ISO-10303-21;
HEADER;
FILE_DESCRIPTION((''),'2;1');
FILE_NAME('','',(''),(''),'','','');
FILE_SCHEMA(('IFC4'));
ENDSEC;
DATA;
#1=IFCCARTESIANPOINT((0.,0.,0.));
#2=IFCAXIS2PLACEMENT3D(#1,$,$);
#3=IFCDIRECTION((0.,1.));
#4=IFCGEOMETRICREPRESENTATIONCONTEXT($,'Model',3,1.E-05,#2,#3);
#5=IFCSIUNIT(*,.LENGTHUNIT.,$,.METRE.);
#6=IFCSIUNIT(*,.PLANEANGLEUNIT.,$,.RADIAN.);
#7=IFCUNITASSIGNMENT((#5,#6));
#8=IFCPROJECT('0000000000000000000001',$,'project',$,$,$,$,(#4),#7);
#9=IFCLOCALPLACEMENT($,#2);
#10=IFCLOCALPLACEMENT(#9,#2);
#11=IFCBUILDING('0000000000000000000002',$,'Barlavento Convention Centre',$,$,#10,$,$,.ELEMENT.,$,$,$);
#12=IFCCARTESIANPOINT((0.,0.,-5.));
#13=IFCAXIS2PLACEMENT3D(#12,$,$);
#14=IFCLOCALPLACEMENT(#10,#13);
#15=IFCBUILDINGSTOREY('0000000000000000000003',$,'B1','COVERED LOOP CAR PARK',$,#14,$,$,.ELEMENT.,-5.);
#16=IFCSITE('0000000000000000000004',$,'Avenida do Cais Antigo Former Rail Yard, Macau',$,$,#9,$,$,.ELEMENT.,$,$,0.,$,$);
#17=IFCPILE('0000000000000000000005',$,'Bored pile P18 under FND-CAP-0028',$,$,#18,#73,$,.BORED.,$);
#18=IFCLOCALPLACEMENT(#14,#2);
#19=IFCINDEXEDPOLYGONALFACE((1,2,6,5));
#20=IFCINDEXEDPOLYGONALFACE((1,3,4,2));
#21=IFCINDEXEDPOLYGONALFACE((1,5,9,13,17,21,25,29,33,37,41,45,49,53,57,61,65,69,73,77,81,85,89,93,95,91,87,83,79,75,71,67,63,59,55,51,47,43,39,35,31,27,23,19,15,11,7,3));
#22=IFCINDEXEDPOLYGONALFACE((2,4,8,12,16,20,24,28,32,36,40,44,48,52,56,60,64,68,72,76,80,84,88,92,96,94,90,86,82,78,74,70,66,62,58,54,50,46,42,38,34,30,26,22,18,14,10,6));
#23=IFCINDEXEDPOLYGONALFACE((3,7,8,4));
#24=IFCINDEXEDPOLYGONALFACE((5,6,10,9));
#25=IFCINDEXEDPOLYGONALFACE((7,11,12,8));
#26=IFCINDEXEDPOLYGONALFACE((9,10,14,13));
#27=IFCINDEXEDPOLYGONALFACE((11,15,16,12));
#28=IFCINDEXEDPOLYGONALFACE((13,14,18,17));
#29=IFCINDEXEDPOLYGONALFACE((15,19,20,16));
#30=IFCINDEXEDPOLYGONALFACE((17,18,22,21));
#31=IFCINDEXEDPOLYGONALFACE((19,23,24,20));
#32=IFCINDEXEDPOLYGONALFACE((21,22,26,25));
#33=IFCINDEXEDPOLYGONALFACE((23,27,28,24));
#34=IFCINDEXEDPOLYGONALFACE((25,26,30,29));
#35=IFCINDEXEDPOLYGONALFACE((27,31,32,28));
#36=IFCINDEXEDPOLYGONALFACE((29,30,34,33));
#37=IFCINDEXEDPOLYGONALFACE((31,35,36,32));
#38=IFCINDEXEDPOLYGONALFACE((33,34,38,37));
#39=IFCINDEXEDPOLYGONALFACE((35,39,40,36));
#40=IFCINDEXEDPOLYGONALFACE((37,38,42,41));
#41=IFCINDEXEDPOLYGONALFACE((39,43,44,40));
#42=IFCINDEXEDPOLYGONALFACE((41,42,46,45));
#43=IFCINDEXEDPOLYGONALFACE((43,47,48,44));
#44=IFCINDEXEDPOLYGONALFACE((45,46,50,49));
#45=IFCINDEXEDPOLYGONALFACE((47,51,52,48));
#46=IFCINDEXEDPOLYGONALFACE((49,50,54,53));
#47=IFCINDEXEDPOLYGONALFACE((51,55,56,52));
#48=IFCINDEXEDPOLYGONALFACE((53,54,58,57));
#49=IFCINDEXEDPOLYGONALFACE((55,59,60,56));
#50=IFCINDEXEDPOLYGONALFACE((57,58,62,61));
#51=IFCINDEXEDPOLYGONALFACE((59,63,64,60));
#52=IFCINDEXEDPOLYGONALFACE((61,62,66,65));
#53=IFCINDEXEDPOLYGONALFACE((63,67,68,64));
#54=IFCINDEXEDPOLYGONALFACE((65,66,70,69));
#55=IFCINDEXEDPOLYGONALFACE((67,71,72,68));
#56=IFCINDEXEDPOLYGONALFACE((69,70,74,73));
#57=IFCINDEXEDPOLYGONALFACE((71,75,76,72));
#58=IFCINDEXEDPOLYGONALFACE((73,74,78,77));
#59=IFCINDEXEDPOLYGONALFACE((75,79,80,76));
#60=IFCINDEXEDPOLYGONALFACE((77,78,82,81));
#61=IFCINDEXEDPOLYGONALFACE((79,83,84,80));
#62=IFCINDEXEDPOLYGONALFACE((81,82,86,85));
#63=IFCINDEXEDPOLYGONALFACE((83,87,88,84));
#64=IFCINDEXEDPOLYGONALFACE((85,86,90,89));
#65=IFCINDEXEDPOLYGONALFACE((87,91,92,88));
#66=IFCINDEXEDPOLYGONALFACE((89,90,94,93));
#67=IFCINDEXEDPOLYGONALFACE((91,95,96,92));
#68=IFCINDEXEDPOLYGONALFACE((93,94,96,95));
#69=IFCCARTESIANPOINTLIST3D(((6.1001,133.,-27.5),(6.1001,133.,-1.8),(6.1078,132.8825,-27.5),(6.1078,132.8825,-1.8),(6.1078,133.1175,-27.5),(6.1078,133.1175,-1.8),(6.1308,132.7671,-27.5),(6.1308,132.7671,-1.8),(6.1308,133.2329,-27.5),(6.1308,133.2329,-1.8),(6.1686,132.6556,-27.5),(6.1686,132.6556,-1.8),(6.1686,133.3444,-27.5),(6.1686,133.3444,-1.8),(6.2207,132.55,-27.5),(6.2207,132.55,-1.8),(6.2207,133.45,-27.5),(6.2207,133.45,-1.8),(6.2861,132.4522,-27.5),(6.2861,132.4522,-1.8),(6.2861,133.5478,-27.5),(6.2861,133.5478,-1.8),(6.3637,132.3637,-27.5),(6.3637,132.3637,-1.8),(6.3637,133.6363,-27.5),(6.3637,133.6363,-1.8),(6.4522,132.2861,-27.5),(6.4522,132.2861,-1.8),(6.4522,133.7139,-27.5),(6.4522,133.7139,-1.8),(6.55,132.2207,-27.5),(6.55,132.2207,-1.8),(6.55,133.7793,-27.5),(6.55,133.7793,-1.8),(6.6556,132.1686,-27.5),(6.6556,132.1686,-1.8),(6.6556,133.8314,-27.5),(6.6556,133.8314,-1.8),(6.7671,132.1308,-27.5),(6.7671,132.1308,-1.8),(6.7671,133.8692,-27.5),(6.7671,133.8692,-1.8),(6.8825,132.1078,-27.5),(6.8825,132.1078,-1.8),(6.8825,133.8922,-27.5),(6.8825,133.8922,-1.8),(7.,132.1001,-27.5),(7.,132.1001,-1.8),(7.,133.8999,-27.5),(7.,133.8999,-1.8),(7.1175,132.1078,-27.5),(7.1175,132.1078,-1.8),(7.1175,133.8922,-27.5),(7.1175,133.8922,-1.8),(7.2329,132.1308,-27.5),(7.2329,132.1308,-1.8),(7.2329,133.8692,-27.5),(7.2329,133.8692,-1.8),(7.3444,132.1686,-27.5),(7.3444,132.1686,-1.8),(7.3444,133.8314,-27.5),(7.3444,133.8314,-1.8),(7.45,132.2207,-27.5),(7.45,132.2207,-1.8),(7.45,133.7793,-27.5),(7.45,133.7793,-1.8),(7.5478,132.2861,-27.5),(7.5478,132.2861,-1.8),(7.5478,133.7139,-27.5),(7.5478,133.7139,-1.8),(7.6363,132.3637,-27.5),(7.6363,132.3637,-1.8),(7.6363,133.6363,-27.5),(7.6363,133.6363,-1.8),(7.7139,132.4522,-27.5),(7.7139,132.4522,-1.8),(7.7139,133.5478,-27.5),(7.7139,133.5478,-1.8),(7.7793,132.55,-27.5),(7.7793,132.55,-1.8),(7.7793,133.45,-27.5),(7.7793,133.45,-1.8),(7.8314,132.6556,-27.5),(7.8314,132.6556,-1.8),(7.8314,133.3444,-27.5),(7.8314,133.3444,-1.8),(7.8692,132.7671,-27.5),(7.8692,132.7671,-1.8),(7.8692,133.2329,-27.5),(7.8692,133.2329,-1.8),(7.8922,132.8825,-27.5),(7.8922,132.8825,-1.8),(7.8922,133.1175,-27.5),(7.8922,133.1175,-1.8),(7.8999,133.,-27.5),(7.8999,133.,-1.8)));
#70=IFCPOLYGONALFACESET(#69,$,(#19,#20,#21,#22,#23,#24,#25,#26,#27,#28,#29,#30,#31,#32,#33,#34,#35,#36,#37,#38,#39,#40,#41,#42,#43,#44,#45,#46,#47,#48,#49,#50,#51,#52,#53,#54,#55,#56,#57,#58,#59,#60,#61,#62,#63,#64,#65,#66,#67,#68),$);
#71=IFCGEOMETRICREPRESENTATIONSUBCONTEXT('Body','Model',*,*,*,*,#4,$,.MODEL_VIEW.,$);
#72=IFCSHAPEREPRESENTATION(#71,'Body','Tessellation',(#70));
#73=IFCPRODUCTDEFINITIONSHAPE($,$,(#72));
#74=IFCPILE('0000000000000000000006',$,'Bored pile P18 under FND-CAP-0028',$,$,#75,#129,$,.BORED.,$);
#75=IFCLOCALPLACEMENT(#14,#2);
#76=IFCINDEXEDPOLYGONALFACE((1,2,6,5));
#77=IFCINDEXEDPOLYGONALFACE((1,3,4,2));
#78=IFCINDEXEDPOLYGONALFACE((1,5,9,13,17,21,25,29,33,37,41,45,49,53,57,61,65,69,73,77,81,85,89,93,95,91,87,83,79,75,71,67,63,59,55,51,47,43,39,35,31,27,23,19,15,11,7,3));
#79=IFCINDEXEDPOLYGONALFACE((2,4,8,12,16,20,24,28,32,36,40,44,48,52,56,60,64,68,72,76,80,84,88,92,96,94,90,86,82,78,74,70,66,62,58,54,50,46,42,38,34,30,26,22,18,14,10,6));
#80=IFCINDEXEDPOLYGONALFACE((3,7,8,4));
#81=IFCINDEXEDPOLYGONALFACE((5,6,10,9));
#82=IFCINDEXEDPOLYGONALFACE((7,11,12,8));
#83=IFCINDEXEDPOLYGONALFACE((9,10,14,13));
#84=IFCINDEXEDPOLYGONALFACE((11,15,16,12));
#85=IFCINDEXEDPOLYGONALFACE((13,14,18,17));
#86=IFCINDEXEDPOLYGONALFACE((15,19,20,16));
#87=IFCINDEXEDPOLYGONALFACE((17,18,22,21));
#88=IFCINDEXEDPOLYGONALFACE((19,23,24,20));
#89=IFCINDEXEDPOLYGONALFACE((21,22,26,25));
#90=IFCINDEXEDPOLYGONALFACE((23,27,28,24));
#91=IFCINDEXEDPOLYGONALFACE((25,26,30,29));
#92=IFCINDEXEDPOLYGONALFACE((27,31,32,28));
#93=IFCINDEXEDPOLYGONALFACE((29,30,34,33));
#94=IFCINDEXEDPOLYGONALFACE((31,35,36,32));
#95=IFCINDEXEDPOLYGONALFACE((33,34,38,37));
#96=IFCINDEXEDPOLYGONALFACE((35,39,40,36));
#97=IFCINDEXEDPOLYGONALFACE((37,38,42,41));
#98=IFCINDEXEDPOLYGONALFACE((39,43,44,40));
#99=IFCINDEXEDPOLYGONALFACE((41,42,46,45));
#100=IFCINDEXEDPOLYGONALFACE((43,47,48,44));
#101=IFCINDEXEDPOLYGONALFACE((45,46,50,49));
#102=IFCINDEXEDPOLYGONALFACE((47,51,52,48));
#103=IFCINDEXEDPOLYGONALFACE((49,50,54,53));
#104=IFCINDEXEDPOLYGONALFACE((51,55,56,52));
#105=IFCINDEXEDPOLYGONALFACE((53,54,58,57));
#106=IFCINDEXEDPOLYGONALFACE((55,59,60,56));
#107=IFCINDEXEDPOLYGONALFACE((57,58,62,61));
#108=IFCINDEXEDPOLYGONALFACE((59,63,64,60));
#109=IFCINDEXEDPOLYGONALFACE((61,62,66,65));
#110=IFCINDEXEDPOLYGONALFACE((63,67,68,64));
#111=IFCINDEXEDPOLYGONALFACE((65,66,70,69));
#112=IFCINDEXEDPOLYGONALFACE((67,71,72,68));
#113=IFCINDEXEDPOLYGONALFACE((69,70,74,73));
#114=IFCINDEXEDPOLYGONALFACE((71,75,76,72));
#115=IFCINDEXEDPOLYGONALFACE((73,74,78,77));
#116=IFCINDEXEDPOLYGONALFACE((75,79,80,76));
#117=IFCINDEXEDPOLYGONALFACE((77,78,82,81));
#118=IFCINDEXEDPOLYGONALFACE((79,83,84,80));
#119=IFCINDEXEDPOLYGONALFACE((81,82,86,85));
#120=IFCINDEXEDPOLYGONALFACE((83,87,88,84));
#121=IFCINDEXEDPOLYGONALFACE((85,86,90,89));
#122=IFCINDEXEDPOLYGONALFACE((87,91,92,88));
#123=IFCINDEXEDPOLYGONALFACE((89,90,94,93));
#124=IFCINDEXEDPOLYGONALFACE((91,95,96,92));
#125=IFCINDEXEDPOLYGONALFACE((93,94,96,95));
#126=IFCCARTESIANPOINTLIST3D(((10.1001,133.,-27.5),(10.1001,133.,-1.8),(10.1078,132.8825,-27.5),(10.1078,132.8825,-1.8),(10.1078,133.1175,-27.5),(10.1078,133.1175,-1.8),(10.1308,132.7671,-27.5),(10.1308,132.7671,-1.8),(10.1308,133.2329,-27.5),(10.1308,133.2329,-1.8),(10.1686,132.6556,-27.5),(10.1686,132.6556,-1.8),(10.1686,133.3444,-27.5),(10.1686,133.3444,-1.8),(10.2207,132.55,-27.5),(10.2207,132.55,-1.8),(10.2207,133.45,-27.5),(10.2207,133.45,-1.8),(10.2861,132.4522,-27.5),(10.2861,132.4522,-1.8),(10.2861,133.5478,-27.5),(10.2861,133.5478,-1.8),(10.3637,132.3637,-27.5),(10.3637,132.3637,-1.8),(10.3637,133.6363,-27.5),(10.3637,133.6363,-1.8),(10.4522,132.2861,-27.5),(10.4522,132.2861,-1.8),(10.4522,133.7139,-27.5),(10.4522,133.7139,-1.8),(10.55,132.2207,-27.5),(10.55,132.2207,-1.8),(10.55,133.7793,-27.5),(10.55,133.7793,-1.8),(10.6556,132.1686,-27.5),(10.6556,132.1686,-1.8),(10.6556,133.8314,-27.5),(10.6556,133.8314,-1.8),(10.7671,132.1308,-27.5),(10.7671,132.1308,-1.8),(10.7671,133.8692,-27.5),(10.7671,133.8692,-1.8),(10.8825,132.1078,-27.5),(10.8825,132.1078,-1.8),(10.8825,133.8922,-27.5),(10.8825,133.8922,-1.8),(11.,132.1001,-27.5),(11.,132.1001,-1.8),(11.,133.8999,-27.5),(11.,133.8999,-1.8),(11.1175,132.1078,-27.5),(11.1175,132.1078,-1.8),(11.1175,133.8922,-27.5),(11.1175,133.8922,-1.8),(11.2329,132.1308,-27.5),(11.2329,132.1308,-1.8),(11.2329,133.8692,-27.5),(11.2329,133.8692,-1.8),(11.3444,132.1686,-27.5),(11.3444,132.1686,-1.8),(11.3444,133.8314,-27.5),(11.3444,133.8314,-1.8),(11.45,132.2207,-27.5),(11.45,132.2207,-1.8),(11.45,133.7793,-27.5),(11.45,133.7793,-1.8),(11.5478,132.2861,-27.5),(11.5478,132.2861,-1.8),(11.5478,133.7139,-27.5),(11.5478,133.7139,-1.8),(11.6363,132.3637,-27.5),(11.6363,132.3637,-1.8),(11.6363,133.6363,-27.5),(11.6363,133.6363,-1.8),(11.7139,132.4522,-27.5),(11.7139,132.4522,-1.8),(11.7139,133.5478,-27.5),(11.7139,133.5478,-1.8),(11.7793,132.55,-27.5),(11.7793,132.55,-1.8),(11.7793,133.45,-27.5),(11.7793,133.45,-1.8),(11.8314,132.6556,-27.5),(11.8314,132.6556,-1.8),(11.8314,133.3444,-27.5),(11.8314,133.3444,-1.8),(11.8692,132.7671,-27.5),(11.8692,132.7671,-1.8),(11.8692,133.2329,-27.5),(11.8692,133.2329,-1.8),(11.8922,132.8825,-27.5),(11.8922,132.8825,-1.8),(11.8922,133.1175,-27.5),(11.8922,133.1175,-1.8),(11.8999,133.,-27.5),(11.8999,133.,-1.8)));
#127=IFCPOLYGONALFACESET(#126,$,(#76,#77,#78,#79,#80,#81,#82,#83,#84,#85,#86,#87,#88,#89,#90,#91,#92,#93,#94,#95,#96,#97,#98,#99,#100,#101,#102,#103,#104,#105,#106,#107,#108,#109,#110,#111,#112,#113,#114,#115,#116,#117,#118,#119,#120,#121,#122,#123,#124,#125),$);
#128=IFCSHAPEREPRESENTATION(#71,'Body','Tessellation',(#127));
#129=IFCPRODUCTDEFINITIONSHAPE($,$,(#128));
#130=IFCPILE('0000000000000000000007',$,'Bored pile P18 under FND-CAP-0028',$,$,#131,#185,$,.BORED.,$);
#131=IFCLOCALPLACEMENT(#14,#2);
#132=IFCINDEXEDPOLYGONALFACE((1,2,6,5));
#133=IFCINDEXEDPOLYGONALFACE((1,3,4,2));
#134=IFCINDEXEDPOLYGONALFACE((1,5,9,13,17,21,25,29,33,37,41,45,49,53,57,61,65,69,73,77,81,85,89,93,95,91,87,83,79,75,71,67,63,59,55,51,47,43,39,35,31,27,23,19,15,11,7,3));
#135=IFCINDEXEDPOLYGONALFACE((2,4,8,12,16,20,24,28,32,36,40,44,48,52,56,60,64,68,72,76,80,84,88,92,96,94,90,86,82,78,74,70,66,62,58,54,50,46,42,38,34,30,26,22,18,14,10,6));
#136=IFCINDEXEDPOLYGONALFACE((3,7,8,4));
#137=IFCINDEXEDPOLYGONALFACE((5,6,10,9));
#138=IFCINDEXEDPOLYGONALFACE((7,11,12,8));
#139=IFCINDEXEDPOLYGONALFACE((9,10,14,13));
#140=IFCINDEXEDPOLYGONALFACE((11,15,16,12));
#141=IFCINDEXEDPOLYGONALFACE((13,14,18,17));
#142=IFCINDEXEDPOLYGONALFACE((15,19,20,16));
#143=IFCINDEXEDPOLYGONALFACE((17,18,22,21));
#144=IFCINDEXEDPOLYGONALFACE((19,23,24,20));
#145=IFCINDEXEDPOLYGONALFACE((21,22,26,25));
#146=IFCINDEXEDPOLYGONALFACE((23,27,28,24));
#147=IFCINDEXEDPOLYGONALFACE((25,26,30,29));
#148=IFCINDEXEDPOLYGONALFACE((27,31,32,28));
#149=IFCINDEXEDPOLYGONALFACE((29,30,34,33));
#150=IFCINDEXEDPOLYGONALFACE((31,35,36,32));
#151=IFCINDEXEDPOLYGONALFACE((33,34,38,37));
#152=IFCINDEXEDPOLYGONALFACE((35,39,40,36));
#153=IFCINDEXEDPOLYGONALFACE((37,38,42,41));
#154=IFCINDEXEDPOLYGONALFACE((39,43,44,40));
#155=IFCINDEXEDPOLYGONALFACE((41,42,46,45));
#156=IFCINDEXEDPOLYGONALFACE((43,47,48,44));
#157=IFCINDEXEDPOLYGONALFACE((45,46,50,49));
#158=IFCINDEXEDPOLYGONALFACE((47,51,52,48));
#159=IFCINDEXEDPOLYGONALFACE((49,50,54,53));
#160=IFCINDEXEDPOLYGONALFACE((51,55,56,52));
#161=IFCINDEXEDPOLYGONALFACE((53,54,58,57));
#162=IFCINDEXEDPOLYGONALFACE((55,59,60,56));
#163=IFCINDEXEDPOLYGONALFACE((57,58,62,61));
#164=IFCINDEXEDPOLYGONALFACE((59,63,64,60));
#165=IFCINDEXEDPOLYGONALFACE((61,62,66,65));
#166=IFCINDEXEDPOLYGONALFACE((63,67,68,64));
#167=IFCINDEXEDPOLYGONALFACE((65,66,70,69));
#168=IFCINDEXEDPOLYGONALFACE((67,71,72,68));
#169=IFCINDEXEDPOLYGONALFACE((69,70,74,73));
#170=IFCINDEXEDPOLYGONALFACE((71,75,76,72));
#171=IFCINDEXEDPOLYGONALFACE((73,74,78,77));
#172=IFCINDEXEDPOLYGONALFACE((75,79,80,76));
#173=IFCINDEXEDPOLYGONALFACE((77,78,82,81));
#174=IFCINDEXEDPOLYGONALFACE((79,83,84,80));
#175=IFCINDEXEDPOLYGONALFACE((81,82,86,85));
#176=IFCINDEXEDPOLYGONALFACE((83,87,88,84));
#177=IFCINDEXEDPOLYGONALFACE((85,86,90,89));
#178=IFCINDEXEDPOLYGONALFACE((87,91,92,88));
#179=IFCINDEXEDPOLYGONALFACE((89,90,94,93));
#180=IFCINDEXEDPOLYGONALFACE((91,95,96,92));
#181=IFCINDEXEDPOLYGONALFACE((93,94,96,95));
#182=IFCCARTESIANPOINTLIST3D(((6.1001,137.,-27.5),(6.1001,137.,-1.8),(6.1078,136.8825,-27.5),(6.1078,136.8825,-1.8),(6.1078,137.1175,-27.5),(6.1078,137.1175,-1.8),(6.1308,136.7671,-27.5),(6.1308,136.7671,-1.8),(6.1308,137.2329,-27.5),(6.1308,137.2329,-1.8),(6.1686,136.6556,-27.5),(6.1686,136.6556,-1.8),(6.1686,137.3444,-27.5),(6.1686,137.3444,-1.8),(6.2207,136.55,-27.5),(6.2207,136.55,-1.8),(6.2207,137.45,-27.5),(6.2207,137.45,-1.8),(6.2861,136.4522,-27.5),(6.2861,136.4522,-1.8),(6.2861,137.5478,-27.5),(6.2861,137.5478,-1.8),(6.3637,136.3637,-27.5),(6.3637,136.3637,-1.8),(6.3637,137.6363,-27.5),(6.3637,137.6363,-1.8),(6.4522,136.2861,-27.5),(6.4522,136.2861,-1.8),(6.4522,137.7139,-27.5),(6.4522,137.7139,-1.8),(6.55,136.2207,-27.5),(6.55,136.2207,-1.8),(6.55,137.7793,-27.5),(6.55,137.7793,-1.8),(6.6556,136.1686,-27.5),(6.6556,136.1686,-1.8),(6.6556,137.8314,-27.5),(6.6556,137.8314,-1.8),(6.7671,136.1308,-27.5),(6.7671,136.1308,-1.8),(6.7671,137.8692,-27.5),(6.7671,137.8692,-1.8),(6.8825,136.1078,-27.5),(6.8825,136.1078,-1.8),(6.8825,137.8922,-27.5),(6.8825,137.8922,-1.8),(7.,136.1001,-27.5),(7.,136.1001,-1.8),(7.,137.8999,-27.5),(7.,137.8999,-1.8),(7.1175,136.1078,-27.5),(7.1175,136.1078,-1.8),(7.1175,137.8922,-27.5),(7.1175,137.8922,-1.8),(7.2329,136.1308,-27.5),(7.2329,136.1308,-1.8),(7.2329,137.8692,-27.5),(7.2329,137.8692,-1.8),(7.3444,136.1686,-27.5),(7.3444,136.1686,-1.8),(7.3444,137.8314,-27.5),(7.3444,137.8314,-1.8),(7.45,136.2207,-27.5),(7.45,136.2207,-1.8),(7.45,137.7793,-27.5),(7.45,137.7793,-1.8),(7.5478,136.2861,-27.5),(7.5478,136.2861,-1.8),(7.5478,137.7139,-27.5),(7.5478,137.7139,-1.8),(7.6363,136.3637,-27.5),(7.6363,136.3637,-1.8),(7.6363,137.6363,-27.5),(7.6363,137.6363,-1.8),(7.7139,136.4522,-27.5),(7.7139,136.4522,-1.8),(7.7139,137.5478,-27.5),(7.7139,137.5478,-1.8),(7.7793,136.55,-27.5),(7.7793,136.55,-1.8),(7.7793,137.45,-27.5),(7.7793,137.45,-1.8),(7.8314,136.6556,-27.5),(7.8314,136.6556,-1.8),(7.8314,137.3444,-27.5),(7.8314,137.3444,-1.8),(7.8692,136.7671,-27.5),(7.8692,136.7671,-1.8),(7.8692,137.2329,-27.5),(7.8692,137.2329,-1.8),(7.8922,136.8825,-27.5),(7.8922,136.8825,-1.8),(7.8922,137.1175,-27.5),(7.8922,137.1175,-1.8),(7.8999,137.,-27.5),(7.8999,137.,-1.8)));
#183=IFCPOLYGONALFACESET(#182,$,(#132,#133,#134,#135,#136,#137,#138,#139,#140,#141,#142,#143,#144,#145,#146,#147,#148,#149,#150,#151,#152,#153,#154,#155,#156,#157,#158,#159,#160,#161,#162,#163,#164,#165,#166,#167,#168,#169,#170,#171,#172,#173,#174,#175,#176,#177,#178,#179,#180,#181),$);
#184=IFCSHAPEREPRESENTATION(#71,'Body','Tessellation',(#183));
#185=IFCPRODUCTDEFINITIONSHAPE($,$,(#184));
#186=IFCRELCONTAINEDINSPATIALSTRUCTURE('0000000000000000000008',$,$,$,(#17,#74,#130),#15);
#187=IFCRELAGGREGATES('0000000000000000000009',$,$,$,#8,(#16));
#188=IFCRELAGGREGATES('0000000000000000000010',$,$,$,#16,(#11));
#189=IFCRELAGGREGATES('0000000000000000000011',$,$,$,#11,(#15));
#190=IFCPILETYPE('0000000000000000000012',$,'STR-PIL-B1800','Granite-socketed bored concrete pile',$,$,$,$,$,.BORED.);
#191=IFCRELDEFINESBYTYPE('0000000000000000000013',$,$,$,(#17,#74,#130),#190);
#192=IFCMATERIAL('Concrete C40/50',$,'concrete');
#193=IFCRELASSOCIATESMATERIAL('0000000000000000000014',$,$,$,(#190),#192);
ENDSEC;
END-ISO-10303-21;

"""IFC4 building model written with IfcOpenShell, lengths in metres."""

from ifc_helpers import new_model, si_unit, direction, frame, origin, origin_2d, place, context, subcontext, project, spatial, circle, extrude, material, material_profile, profile_set, type_object, element, save


model = new_model("IFC4")

# Units and contexts
model_context = context("Model", 3, precision=1e-05, world=origin(), true_north=direction((0.0, 1.0)))
body_context = subcontext(model_context, "Body", "Model", "MODEL_VIEW")
ifc_project = project(units=[si_unit("LENGTHUNIT", "METRE"), si_unit("PLANEANGLEUNIT", "RADIAN")], contexts=[model_context])

# Site, building, storey
site_placement = place(None, origin())
site = spatial("IfcSite", under=ifc_project, at=site_placement, Name="Avenida do Cais Antigo Former Rail Yard, Macau", CompositionType="ELEMENT", RefElevation=0.0)
building_placement = place(site_placement, origin())
building = spatial("IfcBuilding", under=site, at=building_placement, Name="Barlavento Convention Centre", CompositionType="ELEMENT")
storey_placement = place(building_placement, frame((0.0, 0.0, -5.0)))
storey = spatial("IfcBuildingStorey", under=building, at=storey_placement, Name="B1", Description="COVERED LOOP CAR PARK", CompositionType="ELEMENT", Elevation=-5.0)

# Shared definitions
ifc_material_1 = material(Name="Concrete C40/50", Category="concrete")

# Piles
ifc_material_profile_1 = material_profile(ifc_material_1, circle(Radius=0.8999, at=origin_2d()), Name="BORED PILE 1800")
ifc_profile_set_1 = profile_set([ifc_material_profile_1], Name="Concrete C40/50")
pile_type_1 = type_object("IfcPileType", Name="STR-PIL-B1800", Description="Granite-socketed bored concrete pile", PredefinedType="BORED", material=ifc_profile_set_1)
for number, where, z_axis, x_axis, name in (
    (1, (7.0, 133.0, -1.8), (0.0, 0.0, -1.0), (1.0, 0.0, 0.0), "Bored pile P18 under FND-CAP-0028"),
    (2, (11.0, 133.0, -1.8), (0.0, 0.0, -1.0), (1.0, 0.0, 0.0), "Bored pile P18 under FND-CAP-0028"),
    (3, (7.0, 137.0, -1.8), (0.0, 0.0, -1.0), (1.0, 0.0, 0.0), "Bored pile P18 under FND-CAP-0028"),
):
    element("IfcPile", number, at=place(storey_placement, frame(where, z_axis=z_axis, x_axis=x_axis)), inside=storey, type_object=pile_type_1, Name=name, PredefinedType="BORED", context=body_context, shape_type="SweptSolid", body=[
        extrude(circle(Radius=0.8999, at=origin_2d()), origin(), (0.0, 0.0, 1.0), 25.7),
    ])

save(model, "model.ifc")
